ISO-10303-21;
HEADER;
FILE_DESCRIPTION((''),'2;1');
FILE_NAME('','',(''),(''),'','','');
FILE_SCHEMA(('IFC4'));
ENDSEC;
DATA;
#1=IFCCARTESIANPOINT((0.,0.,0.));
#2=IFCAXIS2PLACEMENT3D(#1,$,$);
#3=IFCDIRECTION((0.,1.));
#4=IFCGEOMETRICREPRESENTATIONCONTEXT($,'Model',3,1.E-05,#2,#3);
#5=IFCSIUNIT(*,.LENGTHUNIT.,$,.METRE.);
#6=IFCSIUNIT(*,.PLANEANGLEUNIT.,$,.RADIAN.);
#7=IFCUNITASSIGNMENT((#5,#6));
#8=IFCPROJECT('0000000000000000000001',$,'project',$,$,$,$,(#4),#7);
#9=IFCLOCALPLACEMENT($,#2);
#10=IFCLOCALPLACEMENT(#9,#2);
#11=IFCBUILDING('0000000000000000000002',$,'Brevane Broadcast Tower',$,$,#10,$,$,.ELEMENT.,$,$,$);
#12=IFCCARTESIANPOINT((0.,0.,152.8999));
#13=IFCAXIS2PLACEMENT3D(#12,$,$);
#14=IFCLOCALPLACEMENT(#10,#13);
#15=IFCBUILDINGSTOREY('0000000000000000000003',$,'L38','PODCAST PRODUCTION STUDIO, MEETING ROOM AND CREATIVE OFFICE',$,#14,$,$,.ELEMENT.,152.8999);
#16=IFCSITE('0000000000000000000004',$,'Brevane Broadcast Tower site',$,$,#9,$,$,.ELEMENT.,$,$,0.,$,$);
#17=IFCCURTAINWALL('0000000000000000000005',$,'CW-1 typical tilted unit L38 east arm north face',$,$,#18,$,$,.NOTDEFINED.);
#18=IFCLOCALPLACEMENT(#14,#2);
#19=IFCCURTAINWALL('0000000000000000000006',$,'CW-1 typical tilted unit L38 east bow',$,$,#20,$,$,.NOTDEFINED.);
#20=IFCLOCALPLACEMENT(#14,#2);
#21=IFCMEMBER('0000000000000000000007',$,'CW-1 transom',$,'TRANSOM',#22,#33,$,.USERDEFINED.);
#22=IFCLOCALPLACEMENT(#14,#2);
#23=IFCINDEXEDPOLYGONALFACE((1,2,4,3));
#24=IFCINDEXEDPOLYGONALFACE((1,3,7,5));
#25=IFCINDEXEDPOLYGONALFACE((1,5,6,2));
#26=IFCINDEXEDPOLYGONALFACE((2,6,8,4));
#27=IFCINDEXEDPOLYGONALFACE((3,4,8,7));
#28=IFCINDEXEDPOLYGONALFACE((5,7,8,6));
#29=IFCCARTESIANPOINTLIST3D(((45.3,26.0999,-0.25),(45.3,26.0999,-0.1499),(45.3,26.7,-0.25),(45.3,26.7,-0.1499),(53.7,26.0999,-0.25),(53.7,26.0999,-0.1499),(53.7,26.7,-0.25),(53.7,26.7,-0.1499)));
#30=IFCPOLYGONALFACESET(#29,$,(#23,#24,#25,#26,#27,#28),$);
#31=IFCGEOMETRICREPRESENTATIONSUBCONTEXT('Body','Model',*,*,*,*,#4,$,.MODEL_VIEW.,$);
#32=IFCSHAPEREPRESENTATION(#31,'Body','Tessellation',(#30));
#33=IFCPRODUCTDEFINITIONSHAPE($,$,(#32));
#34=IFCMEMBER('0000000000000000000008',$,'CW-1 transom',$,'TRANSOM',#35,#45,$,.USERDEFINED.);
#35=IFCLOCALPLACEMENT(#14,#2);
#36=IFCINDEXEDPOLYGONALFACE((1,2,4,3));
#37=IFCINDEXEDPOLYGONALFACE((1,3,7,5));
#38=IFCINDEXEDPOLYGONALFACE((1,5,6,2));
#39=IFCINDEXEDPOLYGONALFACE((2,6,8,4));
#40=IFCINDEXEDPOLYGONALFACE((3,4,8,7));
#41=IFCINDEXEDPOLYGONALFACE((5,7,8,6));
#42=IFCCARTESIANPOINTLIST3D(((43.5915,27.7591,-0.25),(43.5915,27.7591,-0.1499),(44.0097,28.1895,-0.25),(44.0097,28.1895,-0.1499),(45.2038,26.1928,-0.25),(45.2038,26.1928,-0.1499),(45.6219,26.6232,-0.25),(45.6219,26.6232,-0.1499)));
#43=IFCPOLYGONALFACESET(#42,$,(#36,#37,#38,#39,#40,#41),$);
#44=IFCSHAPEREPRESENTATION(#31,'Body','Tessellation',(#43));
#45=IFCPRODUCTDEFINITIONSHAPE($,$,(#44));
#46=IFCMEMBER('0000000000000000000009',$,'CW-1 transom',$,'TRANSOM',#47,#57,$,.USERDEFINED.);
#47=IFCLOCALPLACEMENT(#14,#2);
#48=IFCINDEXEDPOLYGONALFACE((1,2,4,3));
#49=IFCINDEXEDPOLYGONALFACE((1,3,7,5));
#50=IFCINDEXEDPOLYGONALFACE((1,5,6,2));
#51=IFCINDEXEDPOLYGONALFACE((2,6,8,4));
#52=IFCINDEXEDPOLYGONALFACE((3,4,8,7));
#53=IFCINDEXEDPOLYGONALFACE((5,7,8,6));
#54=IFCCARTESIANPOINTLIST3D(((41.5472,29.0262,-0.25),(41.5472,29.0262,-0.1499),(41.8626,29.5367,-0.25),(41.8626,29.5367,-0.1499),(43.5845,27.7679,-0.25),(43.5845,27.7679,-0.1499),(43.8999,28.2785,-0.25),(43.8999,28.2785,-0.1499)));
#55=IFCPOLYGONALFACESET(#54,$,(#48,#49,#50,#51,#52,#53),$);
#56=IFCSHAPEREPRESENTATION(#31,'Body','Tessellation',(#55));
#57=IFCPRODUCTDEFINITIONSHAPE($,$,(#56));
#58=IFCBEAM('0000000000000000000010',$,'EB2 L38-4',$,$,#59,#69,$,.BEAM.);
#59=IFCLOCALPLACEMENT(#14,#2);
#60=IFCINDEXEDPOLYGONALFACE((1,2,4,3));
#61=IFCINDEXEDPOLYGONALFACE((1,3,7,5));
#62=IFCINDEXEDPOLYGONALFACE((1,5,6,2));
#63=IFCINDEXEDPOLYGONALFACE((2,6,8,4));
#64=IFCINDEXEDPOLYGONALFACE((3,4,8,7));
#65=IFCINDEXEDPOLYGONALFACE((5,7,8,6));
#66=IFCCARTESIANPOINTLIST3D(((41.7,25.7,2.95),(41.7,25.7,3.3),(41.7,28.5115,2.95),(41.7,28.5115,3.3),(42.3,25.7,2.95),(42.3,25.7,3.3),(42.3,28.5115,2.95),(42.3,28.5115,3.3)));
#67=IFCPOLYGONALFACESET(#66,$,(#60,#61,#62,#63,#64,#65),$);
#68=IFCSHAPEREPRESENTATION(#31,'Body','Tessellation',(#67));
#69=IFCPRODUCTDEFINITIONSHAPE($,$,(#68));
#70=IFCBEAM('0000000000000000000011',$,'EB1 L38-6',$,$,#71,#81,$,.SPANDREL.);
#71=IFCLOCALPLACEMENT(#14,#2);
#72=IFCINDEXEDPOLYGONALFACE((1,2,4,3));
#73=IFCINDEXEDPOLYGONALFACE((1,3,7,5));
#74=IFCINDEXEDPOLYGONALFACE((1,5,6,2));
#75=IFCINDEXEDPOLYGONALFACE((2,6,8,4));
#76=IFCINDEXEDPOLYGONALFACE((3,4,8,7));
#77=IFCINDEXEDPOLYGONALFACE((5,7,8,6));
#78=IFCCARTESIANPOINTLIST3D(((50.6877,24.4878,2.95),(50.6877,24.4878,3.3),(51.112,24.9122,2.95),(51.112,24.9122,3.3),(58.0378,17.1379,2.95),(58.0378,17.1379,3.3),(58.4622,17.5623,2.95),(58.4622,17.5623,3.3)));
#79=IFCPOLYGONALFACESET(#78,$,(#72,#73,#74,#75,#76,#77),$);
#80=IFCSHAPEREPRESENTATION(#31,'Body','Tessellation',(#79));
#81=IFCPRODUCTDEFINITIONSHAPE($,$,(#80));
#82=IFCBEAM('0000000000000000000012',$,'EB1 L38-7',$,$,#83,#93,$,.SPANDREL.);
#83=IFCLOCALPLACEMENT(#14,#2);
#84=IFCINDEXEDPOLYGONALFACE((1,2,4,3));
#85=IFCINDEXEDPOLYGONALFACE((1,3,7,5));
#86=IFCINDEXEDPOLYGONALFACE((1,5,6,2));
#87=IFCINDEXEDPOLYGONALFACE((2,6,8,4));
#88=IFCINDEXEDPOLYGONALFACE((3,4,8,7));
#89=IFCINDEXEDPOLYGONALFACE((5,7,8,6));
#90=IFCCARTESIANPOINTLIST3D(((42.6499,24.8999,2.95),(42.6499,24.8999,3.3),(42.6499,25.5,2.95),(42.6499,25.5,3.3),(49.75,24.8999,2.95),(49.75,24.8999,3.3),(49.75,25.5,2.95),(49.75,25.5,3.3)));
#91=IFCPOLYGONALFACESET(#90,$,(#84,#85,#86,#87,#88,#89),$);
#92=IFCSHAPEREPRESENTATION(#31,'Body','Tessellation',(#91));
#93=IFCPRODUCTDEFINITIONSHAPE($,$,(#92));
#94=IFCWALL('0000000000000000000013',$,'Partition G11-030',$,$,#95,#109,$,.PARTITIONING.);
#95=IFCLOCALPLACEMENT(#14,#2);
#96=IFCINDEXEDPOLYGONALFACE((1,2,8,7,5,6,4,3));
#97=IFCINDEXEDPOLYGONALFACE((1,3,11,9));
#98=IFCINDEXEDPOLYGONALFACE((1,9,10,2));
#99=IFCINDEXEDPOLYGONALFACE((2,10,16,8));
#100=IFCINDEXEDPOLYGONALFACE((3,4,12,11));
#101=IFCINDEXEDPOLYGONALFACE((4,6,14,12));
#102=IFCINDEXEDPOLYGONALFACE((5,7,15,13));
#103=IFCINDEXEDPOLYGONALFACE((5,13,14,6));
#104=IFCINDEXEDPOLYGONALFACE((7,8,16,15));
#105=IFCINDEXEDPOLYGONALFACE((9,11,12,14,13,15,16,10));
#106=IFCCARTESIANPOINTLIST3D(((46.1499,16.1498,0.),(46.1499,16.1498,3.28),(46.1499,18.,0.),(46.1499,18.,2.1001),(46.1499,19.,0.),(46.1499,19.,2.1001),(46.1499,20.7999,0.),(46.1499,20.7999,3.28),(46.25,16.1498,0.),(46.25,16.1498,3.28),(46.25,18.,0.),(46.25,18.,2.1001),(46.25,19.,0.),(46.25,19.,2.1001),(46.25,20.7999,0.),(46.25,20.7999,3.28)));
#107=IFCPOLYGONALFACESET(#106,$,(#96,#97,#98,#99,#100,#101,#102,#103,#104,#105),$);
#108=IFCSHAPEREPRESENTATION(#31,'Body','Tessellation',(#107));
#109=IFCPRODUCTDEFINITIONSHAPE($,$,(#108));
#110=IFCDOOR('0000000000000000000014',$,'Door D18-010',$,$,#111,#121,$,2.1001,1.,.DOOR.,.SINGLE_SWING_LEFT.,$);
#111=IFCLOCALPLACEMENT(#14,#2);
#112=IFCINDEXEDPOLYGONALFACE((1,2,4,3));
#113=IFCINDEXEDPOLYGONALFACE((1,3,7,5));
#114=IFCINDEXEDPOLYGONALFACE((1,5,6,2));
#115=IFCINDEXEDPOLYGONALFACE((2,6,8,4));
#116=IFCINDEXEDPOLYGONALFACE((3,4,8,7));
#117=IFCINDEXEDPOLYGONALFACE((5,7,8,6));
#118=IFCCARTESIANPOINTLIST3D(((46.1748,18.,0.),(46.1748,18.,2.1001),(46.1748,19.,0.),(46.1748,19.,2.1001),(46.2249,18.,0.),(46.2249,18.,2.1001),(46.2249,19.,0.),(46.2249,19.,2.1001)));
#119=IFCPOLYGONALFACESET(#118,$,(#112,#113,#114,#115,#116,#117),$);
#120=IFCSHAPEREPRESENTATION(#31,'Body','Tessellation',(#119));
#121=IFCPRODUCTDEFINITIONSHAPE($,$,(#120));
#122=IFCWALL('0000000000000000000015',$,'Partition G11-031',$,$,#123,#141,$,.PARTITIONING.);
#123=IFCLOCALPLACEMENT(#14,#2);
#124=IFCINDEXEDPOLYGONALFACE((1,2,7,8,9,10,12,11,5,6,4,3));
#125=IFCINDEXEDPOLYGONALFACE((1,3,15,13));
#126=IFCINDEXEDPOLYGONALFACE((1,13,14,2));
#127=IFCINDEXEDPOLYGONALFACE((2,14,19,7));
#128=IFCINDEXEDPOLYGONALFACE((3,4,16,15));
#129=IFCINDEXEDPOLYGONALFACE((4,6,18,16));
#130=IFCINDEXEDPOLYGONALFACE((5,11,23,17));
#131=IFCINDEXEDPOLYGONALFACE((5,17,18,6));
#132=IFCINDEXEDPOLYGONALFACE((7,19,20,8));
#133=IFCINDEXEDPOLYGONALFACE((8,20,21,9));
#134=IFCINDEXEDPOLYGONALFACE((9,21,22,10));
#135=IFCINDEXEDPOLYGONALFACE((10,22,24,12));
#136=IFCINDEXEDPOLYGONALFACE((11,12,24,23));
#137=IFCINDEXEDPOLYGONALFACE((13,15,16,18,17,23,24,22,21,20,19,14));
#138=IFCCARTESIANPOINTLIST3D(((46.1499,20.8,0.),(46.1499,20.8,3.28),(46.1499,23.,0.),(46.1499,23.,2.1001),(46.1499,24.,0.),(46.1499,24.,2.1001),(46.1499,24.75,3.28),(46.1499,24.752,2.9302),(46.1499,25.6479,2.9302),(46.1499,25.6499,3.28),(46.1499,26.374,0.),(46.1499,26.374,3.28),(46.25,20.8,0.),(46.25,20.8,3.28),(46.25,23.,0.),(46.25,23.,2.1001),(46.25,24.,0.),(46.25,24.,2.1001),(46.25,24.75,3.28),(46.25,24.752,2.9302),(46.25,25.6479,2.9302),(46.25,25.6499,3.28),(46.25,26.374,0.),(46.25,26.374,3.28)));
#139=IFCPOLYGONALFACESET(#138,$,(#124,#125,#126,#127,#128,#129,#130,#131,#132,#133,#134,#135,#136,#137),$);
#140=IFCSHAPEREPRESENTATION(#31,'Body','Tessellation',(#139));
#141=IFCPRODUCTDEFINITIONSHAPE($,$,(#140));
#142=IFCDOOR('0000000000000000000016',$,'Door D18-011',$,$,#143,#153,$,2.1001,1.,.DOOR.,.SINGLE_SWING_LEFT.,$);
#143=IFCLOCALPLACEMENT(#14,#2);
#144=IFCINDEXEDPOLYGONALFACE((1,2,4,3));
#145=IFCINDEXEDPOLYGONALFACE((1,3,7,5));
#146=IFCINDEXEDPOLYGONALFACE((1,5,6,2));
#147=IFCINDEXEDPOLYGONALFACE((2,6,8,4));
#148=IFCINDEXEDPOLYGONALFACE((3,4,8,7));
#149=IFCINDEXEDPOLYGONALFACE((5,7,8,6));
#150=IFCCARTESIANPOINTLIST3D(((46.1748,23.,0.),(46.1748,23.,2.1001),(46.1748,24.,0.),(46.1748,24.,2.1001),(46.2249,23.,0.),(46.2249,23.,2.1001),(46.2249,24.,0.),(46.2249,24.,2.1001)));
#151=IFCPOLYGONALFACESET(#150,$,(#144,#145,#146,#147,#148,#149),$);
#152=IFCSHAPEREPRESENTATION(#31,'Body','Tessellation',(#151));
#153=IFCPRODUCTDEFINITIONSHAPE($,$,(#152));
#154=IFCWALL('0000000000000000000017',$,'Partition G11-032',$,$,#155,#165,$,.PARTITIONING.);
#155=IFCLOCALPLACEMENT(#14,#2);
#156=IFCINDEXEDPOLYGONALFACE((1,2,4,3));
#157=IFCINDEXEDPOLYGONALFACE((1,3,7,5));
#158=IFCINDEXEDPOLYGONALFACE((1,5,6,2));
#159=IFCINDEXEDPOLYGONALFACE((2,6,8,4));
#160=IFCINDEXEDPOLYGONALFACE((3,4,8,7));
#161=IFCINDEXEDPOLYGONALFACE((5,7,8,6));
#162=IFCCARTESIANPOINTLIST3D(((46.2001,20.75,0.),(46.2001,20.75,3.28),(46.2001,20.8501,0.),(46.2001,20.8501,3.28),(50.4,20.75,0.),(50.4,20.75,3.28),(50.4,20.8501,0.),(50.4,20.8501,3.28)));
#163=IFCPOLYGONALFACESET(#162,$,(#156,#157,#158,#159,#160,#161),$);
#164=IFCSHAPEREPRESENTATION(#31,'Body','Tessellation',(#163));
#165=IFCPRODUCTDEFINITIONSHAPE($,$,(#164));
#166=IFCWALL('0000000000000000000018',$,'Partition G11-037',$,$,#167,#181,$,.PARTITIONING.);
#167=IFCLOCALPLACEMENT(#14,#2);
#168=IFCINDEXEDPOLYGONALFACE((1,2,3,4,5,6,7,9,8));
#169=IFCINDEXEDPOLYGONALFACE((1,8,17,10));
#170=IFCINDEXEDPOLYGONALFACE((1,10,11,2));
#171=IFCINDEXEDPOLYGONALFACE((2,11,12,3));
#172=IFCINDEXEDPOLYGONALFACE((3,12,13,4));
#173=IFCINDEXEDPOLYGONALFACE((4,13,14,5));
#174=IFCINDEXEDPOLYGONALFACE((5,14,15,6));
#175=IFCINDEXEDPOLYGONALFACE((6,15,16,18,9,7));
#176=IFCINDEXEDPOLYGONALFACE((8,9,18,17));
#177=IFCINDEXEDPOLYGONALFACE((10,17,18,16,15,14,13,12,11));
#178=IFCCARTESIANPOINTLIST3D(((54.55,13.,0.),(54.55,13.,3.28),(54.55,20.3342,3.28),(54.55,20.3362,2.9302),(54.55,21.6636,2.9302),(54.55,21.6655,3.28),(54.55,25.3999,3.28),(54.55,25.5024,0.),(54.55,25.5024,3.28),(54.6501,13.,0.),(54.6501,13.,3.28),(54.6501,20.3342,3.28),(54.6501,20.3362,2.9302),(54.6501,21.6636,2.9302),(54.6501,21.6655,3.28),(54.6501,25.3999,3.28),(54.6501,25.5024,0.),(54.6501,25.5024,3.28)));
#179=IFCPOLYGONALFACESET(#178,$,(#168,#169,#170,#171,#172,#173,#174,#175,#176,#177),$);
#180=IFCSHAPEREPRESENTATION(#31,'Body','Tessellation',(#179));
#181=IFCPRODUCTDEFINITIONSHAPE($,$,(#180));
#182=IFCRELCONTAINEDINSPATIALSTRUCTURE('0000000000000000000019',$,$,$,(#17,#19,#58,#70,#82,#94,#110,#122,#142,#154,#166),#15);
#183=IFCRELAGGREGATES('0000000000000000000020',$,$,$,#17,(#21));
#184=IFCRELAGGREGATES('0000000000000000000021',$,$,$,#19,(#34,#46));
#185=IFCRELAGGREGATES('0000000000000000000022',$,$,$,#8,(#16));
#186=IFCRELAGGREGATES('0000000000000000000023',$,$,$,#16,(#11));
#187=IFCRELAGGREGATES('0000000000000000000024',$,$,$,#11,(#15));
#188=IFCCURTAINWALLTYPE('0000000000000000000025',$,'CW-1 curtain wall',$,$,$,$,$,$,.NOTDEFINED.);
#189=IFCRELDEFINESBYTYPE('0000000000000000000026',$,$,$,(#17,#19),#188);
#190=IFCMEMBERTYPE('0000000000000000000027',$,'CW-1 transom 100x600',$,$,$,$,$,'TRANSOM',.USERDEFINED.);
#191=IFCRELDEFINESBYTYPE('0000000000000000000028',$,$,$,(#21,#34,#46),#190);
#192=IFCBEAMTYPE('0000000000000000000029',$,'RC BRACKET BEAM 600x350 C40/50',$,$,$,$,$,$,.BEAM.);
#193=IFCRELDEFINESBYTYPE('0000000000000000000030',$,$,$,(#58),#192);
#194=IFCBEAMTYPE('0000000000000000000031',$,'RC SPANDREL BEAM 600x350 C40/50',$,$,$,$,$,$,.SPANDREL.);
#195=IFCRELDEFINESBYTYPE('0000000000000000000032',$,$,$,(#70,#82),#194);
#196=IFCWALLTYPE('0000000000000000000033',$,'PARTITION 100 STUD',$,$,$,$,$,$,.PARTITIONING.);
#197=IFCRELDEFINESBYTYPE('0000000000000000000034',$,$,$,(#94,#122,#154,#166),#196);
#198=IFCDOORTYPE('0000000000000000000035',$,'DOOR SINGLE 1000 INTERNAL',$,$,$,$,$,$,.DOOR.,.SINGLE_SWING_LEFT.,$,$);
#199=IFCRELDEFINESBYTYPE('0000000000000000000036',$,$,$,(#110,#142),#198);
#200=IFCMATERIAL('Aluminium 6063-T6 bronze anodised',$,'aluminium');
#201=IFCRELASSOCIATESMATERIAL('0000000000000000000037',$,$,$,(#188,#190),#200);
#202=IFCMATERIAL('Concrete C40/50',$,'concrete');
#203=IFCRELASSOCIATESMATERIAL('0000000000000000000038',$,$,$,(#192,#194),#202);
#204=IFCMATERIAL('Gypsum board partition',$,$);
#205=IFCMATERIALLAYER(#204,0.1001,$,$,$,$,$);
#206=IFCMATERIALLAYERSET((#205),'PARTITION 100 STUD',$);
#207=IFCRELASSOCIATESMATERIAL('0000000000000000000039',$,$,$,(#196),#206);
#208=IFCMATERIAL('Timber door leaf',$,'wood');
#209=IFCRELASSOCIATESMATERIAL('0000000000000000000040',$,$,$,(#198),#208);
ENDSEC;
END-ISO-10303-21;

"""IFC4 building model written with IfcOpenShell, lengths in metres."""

from ifc_helpers import new_model, si_unit, direction, frame, frame_2d, origin, origin_2d, place, context, subcontext, project, spatial, polyline, rectangle, outline, extrude, material, layer, layer_set, material_profile, profile_set, type_object, element, fill, aggregate, save


model = new_model("IFC4")

# Units and contexts
model_context = context("Model", 3, precision=1e-05, world=origin(), true_north=direction((0.0, 1.0)))
body_context = subcontext(model_context, "Body", "Model", "MODEL_VIEW")
ifc_project = project(units=[si_unit("LENGTHUNIT", "METRE"), si_unit("PLANEANGLEUNIT", "RADIAN")], contexts=[model_context])

# Site, building, storey
site_placement = place(None, origin())
site = spatial("IfcSite", under=ifc_project, at=site_placement, Name="Brevane Broadcast Tower site", CompositionType="ELEMENT", RefElevation=0.0)
building_placement = place(site_placement, origin())
building = spatial("IfcBuilding", under=site, at=building_placement, Name="Brevane Broadcast Tower", CompositionType="ELEMENT")
storey_placement = place(building_placement, frame((0.0, 0.0, 152.8999)))
storey = spatial("IfcBuildingStorey", under=building, at=storey_placement, Name="L38", Description="PODCAST PRODUCTION STUDIO, MEETING ROOM AND CREATIVE OFFICE", CompositionType="ELEMENT", Elevation=152.8999)

# Curtain walls
ifc_material_1 = material(Name="Aluminium 6063-T6 bronze anodised", Category="aluminium")
curtain_wall_type = type_object("IfcCurtainWallType", Name="CW-1 curtain wall", PredefinedType="NOTDEFINED", material=ifc_material_1)
curtain_wall_1_placement = place(storey_placement, origin())
curtain_wall_1 = element("IfcCurtainWall", 1, at=curtain_wall_1_placement, inside=storey, type_object=curtain_wall_type, Name="CW-1 typical tilted unit L38 east arm north face", PredefinedType="NOTDEFINED")
curtain_wall_2_placement = place(storey_placement, origin())
curtain_wall_2 = element("IfcCurtainWall", 2, at=curtain_wall_2_placement, inside=storey, type_object=curtain_wall_type, Name="CW-1 typical tilted unit L38 east bow", PredefinedType="NOTDEFINED")

# Members
ifc_material_profile_1 = material_profile(ifc_material_1, rectangle(XDim=0.6001, YDim=0.1001, at=origin_2d()), Name="RECT 100x600")
ifc_profile_set_1 = profile_set([ifc_material_profile_1], Name="Aluminium 6063-T6 bronze anodised")
member_type_1 = type_object("IfcMemberType", Name="CW-1 transom 100x600", ElementType="TRANSOM", PredefinedType="USERDEFINED", material=ifc_profile_set_1)
member_1_placement = place(storey_placement, frame((53.7, 26.3999, -0.2), z_axis=(-1.0, 0.0, 0.0), x_axis=(0.0, -1.0, 0.0)))
member_1 = element("IfcMember", 3, at=member_1_placement, type_object=member_type_1, Name="CW-1 transom", ObjectType="TRANSOM", PredefinedType="USERDEFINED", context=body_context, shape_type="SweptSolid", body=[
    extrude(rectangle(XDim=0.6001, YDim=0.1001, at=origin_2d()), origin(), (0.0, 0.0, 1.0), 8.3999),
])
aggregate(curtain_wall_1, [member_1])
member_2_placement = place(storey_placement, frame((45.4128, 26.408, -0.2), z_axis=(-0.717242, 0.696824, 0.0), x_axis=(-0.696824, -0.717242, 0.0)))
member_2 = element("IfcMember", 4, at=member_2_placement, type_object=member_type_1, Name="CW-1 transom", ObjectType="TRANSOM", PredefinedType="USERDEFINED", context=body_context, shape_type="SweptSolid", body=[
    extrude(rectangle(XDim=0.6001, YDim=0.1001, at=origin_2d()), origin(), (0.0, 0.0, 1.0), 2.2478),
])
member_3_placement = place(storey_placement, frame((43.7422, 28.0232, -0.2), z_axis=(-0.85081, 0.525473, 0.0), x_axis=(-0.525473, -0.85081, 0.0)))
member_3 = element("IfcMember", 5, at=member_3_placement, type_object=member_type_1, Name="CW-1 transom", ObjectType="TRANSOM", PredefinedType="USERDEFINED", context=body_context, shape_type="SweptSolid", body=[
    extrude(rectangle(XDim=0.6001, YDim=0.1001, at=origin_2d()), origin(), (0.0, 0.0, 1.0), 2.3945),
])
aggregate(curtain_wall_2, [member_2, member_3])

# Beams
ifc_material_2 = material(Name="Concrete C40/50", Category="concrete")
ifc_material_profile_2 = material_profile(ifc_material_2, rectangle(XDim=0.6001, YDim=0.3501, at=origin_2d()), Name="RC 600x350")
ifc_profile_set_2 = profile_set([ifc_material_profile_2], Name="Concrete C40/50")
beam_type_1 = type_object("IfcBeamType", Name="RC BRACKET BEAM 600x350 C40/50", PredefinedType="BEAM", material=ifc_profile_set_2)
beam_1_placement = place(storey_placement, frame((42.0, 25.7, 3.125), z_axis=(0.0, 1.0, 0.0), x_axis=(-1.0, 0.0, 0.0)))
element("IfcBeam", 6, at=beam_1_placement, inside=storey, type_object=beam_type_1, Name="EB2 L38-4", PredefinedType="BEAM", context=body_context, shape_type="SweptSolid", body=[
    extrude(rectangle(XDim=0.6001, YDim=0.3501, at=origin_2d()), origin(), (0.0, 0.0, 1.0), 2.8115),
])
ifc_material_profile_3 = material_profile(ifc_material_2, rectangle(XDim=0.6001, YDim=0.3501, at=origin_2d()), Name="RC 600x350")
ifc_profile_set_3 = profile_set([ifc_material_profile_3], Name="Concrete C40/50")
beam_type_2 = type_object("IfcBeamType", Name="RC SPANDREL BEAM 600x350 C40/50", PredefinedType="SPANDREL", material=ifc_profile_set_3)
beam_2_placement = place(storey_placement, frame((58.25, 17.3501, 3.125), z_axis=(-0.707119, 0.707095, 0.0), x_axis=(-0.707095, -0.707119, 0.0)))
element("IfcBeam", 7, at=beam_2_placement, inside=storey, type_object=beam_type_2, Name="EB1 L38-6", PredefinedType="SPANDREL", context=body_context, shape_type="SweptSolid", body=[
    extrude(rectangle(XDim=0.6001, YDim=0.3501, at=origin_2d()), origin(), (0.0, 0.0, 1.0), 10.3945),
])
beam_3_placement = place(storey_placement, frame((49.75, 25.2, 3.125), z_axis=(-1.0, 0.0, 0.0), x_axis=(0.0, -1.0, 0.0)))
element("IfcBeam", 8, at=beam_3_placement, inside=storey, type_object=beam_type_2, Name="EB1 L38-7", PredefinedType="SPANDREL", context=body_context, shape_type="SweptSolid", body=[
    extrude(rectangle(XDim=0.6001, YDim=0.3501, at=origin_2d()), origin(), (0.0, 0.0, 1.0), 7.1001),
])

# Walls, openings, doors
ifc_material_3 = material(Name="Gypsum board partition")
ifc_layer_1 = layer(ifc_material_3, 0.1001)
ifc_layer_set_1 = layer_set([ifc_layer_1], Name="PARTITION 100 STUD")
wall_type_1 = type_object("IfcWallType", Name="PARTITION 100 STUD", PredefinedType="PARTITIONING", material=ifc_layer_set_1)
wall_1_placement = place(storey_placement, frame((46.2, 20.8, 0.0), z_axis=(0.0, 0.0, 1.0), x_axis=(0.0, -1.0, 0.0)))
wall_1 = element("IfcWall", 9, at=wall_1_placement, inside=storey, type_object=wall_type_1, Name="Partition G11-030", PredefinedType="PARTITIONING", context=body_context, shape_type="SweptSolid", body=[
    extrude(rectangle(XDim=4.6501, YDim=0.1001, at=frame_2d((2.3252, 0.0))), origin(), (0.0, 0.0, 1.0), 3.28),
])
opening_1_placement = place(wall_1_placement, frame((1.8, 0.0, 0.0)))
opening_1 = element("IfcOpeningElement", 10, at=opening_1_placement, cuts=wall_1, PredefinedType="OPENING", context=body_context, shape_type="SweptSolid", body=[
    extrude(rectangle(XDim=1.0, YDim=2.1001, at=frame_2d((0.5, 1.05))), frame((0.0, 0.0601, 0.0), z_axis=(0.0, -1.0, 0.0), x_axis=(1.0, 0.0, 0.0)), (0.0, 0.0, 1.0), 0.1201),
])
ifc_material_4 = material(Name="Timber door leaf", Category="wood")
door_type = type_object("IfcDoorType", Name="DOOR SINGLE 1000 INTERNAL", OperationType="SINGLE_SWING_LEFT", PredefinedType="DOOR", material=ifc_material_4)
door_1_placement = place(opening_1_placement, origin())
door_1 = element("IfcDoor", 11, at=door_1_placement, inside=storey, type_object=door_type, Name="Door D18-010", OperationType="SINGLE_SWING_LEFT", OverallHeight=2.1001, OverallWidth=1.0, PredefinedType="DOOR", context=body_context, shape_type="SweptSolid", body=[
    extrude(rectangle(XDim=1.0, YDim=2.1001, at=frame_2d((0.5, 1.05))), frame((0.0, 0.0249, 0.0), z_axis=(0.0, -1.0, 0.0), x_axis=(1.0, 0.0, 0.0)), (0.0, 0.0, 1.0), 0.05),
])
fill(opening_1, door_1)
wall_2_placement = place(storey_placement, frame((46.2, 26.374, 0.0), z_axis=(0.0, 0.0, 1.0), x_axis=(0.0, -1.0, 0.0)))
wall_2 = element("IfcWall", 12, at=wall_2_placement, inside=storey, type_object=wall_type_1, Name="Partition G11-031", PredefinedType="PARTITIONING", context=body_context, shape_type="SweptSolid", body=[
    extrude(outline(polyline([(0.0, 0.0), (5.574, 0.0), (5.574, 3.28), (1.624, 3.28), (1.6221, 2.9302), (0.7261, 2.9302), (0.7241, 3.28), (0.074, 3.28), (0.0, 3.28), (0.0, 0.0)])), frame((0.0, 0.05, 0.0), z_axis=(0.0, -1.0, 0.0), x_axis=(1.0, 0.0, 0.0)), (0.0, 0.0, 1.0), 0.1001),
])
opening_2_placement = place(wall_2_placement, frame((2.374, 0.0, 0.0)))
opening_2 = element("IfcOpeningElement", 13, at=opening_2_placement, cuts=wall_2, PredefinedType="OPENING", context=body_context, shape_type="SweptSolid", body=[
    extrude(rectangle(XDim=1.0, YDim=2.1001, at=frame_2d((0.5, 1.05))), frame((0.0, 0.0601, 0.0), z_axis=(0.0, -1.0, 0.0), x_axis=(1.0, 0.0, 0.0)), (0.0, 0.0, 1.0), 0.1201),
])
door_2_placement = place(opening_2_placement, origin())
door_2 = element("IfcDoor", 14, at=door_2_placement, inside=storey, type_object=door_type, Name="Door D18-011", OperationType="SINGLE_SWING_LEFT", OverallHeight=2.1001, OverallWidth=1.0, PredefinedType="DOOR", context=body_context, shape_type="SweptSolid", body=[
    extrude(rectangle(XDim=1.0, YDim=2.1001, at=frame_2d((0.5, 1.05))), frame((0.0, 0.0249, 0.0), z_axis=(0.0, -1.0, 0.0), x_axis=(1.0, 0.0, 0.0)), (0.0, 0.0, 1.0), 0.05),
])
fill(opening_2, door_2)

# Walls
wall_3_placement = place(storey_placement, frame((46.2, 20.8, 0.0), z_axis=(0.0, 0.0, 1.0), x_axis=(1.0, 0.0, 0.0)))
element("IfcWall", 15, at=wall_3_placement, inside=storey, type_object=wall_type_1, Name="Partition G11-032", PredefinedType="PARTITIONING", context=body_context, shape_type="SweptSolid", body=[
    extrude(rectangle(XDim=4.2, YDim=0.1001, at=frame_2d((2.1001, 0.0))), origin(), (0.0, 0.0, 1.0), 3.28),
])
wall_4_placement = place(storey_placement, frame((54.6001, 25.5024, 0.0), z_axis=(0.0, 0.0, 1.0), x_axis=(0.0, -1.0, 0.0)))
element("IfcWall", 16, at=wall_4_placement, inside=storey, type_object=wall_type_1, Name="Partition G11-037", PredefinedType="PARTITIONING", context=body_context, shape_type="SweptSolid", body=[
    extrude(outline(polyline([(0.0, 0.0), (12.5024, 0.0), (12.5024, 3.28), (5.1682, 3.28), (5.1663, 2.9302), (3.8389, 2.9302), (3.8369, 3.28), (0.1025, 3.28), (0.0, 3.28), (0.0, 0.0)])), frame((0.0, 0.05, 0.0), z_axis=(0.0, -1.0, 0.0), x_axis=(1.0, 0.0, 0.0)), (0.0, 0.0, 1.0), 0.1001),
])

save(model, "model.ifc")
